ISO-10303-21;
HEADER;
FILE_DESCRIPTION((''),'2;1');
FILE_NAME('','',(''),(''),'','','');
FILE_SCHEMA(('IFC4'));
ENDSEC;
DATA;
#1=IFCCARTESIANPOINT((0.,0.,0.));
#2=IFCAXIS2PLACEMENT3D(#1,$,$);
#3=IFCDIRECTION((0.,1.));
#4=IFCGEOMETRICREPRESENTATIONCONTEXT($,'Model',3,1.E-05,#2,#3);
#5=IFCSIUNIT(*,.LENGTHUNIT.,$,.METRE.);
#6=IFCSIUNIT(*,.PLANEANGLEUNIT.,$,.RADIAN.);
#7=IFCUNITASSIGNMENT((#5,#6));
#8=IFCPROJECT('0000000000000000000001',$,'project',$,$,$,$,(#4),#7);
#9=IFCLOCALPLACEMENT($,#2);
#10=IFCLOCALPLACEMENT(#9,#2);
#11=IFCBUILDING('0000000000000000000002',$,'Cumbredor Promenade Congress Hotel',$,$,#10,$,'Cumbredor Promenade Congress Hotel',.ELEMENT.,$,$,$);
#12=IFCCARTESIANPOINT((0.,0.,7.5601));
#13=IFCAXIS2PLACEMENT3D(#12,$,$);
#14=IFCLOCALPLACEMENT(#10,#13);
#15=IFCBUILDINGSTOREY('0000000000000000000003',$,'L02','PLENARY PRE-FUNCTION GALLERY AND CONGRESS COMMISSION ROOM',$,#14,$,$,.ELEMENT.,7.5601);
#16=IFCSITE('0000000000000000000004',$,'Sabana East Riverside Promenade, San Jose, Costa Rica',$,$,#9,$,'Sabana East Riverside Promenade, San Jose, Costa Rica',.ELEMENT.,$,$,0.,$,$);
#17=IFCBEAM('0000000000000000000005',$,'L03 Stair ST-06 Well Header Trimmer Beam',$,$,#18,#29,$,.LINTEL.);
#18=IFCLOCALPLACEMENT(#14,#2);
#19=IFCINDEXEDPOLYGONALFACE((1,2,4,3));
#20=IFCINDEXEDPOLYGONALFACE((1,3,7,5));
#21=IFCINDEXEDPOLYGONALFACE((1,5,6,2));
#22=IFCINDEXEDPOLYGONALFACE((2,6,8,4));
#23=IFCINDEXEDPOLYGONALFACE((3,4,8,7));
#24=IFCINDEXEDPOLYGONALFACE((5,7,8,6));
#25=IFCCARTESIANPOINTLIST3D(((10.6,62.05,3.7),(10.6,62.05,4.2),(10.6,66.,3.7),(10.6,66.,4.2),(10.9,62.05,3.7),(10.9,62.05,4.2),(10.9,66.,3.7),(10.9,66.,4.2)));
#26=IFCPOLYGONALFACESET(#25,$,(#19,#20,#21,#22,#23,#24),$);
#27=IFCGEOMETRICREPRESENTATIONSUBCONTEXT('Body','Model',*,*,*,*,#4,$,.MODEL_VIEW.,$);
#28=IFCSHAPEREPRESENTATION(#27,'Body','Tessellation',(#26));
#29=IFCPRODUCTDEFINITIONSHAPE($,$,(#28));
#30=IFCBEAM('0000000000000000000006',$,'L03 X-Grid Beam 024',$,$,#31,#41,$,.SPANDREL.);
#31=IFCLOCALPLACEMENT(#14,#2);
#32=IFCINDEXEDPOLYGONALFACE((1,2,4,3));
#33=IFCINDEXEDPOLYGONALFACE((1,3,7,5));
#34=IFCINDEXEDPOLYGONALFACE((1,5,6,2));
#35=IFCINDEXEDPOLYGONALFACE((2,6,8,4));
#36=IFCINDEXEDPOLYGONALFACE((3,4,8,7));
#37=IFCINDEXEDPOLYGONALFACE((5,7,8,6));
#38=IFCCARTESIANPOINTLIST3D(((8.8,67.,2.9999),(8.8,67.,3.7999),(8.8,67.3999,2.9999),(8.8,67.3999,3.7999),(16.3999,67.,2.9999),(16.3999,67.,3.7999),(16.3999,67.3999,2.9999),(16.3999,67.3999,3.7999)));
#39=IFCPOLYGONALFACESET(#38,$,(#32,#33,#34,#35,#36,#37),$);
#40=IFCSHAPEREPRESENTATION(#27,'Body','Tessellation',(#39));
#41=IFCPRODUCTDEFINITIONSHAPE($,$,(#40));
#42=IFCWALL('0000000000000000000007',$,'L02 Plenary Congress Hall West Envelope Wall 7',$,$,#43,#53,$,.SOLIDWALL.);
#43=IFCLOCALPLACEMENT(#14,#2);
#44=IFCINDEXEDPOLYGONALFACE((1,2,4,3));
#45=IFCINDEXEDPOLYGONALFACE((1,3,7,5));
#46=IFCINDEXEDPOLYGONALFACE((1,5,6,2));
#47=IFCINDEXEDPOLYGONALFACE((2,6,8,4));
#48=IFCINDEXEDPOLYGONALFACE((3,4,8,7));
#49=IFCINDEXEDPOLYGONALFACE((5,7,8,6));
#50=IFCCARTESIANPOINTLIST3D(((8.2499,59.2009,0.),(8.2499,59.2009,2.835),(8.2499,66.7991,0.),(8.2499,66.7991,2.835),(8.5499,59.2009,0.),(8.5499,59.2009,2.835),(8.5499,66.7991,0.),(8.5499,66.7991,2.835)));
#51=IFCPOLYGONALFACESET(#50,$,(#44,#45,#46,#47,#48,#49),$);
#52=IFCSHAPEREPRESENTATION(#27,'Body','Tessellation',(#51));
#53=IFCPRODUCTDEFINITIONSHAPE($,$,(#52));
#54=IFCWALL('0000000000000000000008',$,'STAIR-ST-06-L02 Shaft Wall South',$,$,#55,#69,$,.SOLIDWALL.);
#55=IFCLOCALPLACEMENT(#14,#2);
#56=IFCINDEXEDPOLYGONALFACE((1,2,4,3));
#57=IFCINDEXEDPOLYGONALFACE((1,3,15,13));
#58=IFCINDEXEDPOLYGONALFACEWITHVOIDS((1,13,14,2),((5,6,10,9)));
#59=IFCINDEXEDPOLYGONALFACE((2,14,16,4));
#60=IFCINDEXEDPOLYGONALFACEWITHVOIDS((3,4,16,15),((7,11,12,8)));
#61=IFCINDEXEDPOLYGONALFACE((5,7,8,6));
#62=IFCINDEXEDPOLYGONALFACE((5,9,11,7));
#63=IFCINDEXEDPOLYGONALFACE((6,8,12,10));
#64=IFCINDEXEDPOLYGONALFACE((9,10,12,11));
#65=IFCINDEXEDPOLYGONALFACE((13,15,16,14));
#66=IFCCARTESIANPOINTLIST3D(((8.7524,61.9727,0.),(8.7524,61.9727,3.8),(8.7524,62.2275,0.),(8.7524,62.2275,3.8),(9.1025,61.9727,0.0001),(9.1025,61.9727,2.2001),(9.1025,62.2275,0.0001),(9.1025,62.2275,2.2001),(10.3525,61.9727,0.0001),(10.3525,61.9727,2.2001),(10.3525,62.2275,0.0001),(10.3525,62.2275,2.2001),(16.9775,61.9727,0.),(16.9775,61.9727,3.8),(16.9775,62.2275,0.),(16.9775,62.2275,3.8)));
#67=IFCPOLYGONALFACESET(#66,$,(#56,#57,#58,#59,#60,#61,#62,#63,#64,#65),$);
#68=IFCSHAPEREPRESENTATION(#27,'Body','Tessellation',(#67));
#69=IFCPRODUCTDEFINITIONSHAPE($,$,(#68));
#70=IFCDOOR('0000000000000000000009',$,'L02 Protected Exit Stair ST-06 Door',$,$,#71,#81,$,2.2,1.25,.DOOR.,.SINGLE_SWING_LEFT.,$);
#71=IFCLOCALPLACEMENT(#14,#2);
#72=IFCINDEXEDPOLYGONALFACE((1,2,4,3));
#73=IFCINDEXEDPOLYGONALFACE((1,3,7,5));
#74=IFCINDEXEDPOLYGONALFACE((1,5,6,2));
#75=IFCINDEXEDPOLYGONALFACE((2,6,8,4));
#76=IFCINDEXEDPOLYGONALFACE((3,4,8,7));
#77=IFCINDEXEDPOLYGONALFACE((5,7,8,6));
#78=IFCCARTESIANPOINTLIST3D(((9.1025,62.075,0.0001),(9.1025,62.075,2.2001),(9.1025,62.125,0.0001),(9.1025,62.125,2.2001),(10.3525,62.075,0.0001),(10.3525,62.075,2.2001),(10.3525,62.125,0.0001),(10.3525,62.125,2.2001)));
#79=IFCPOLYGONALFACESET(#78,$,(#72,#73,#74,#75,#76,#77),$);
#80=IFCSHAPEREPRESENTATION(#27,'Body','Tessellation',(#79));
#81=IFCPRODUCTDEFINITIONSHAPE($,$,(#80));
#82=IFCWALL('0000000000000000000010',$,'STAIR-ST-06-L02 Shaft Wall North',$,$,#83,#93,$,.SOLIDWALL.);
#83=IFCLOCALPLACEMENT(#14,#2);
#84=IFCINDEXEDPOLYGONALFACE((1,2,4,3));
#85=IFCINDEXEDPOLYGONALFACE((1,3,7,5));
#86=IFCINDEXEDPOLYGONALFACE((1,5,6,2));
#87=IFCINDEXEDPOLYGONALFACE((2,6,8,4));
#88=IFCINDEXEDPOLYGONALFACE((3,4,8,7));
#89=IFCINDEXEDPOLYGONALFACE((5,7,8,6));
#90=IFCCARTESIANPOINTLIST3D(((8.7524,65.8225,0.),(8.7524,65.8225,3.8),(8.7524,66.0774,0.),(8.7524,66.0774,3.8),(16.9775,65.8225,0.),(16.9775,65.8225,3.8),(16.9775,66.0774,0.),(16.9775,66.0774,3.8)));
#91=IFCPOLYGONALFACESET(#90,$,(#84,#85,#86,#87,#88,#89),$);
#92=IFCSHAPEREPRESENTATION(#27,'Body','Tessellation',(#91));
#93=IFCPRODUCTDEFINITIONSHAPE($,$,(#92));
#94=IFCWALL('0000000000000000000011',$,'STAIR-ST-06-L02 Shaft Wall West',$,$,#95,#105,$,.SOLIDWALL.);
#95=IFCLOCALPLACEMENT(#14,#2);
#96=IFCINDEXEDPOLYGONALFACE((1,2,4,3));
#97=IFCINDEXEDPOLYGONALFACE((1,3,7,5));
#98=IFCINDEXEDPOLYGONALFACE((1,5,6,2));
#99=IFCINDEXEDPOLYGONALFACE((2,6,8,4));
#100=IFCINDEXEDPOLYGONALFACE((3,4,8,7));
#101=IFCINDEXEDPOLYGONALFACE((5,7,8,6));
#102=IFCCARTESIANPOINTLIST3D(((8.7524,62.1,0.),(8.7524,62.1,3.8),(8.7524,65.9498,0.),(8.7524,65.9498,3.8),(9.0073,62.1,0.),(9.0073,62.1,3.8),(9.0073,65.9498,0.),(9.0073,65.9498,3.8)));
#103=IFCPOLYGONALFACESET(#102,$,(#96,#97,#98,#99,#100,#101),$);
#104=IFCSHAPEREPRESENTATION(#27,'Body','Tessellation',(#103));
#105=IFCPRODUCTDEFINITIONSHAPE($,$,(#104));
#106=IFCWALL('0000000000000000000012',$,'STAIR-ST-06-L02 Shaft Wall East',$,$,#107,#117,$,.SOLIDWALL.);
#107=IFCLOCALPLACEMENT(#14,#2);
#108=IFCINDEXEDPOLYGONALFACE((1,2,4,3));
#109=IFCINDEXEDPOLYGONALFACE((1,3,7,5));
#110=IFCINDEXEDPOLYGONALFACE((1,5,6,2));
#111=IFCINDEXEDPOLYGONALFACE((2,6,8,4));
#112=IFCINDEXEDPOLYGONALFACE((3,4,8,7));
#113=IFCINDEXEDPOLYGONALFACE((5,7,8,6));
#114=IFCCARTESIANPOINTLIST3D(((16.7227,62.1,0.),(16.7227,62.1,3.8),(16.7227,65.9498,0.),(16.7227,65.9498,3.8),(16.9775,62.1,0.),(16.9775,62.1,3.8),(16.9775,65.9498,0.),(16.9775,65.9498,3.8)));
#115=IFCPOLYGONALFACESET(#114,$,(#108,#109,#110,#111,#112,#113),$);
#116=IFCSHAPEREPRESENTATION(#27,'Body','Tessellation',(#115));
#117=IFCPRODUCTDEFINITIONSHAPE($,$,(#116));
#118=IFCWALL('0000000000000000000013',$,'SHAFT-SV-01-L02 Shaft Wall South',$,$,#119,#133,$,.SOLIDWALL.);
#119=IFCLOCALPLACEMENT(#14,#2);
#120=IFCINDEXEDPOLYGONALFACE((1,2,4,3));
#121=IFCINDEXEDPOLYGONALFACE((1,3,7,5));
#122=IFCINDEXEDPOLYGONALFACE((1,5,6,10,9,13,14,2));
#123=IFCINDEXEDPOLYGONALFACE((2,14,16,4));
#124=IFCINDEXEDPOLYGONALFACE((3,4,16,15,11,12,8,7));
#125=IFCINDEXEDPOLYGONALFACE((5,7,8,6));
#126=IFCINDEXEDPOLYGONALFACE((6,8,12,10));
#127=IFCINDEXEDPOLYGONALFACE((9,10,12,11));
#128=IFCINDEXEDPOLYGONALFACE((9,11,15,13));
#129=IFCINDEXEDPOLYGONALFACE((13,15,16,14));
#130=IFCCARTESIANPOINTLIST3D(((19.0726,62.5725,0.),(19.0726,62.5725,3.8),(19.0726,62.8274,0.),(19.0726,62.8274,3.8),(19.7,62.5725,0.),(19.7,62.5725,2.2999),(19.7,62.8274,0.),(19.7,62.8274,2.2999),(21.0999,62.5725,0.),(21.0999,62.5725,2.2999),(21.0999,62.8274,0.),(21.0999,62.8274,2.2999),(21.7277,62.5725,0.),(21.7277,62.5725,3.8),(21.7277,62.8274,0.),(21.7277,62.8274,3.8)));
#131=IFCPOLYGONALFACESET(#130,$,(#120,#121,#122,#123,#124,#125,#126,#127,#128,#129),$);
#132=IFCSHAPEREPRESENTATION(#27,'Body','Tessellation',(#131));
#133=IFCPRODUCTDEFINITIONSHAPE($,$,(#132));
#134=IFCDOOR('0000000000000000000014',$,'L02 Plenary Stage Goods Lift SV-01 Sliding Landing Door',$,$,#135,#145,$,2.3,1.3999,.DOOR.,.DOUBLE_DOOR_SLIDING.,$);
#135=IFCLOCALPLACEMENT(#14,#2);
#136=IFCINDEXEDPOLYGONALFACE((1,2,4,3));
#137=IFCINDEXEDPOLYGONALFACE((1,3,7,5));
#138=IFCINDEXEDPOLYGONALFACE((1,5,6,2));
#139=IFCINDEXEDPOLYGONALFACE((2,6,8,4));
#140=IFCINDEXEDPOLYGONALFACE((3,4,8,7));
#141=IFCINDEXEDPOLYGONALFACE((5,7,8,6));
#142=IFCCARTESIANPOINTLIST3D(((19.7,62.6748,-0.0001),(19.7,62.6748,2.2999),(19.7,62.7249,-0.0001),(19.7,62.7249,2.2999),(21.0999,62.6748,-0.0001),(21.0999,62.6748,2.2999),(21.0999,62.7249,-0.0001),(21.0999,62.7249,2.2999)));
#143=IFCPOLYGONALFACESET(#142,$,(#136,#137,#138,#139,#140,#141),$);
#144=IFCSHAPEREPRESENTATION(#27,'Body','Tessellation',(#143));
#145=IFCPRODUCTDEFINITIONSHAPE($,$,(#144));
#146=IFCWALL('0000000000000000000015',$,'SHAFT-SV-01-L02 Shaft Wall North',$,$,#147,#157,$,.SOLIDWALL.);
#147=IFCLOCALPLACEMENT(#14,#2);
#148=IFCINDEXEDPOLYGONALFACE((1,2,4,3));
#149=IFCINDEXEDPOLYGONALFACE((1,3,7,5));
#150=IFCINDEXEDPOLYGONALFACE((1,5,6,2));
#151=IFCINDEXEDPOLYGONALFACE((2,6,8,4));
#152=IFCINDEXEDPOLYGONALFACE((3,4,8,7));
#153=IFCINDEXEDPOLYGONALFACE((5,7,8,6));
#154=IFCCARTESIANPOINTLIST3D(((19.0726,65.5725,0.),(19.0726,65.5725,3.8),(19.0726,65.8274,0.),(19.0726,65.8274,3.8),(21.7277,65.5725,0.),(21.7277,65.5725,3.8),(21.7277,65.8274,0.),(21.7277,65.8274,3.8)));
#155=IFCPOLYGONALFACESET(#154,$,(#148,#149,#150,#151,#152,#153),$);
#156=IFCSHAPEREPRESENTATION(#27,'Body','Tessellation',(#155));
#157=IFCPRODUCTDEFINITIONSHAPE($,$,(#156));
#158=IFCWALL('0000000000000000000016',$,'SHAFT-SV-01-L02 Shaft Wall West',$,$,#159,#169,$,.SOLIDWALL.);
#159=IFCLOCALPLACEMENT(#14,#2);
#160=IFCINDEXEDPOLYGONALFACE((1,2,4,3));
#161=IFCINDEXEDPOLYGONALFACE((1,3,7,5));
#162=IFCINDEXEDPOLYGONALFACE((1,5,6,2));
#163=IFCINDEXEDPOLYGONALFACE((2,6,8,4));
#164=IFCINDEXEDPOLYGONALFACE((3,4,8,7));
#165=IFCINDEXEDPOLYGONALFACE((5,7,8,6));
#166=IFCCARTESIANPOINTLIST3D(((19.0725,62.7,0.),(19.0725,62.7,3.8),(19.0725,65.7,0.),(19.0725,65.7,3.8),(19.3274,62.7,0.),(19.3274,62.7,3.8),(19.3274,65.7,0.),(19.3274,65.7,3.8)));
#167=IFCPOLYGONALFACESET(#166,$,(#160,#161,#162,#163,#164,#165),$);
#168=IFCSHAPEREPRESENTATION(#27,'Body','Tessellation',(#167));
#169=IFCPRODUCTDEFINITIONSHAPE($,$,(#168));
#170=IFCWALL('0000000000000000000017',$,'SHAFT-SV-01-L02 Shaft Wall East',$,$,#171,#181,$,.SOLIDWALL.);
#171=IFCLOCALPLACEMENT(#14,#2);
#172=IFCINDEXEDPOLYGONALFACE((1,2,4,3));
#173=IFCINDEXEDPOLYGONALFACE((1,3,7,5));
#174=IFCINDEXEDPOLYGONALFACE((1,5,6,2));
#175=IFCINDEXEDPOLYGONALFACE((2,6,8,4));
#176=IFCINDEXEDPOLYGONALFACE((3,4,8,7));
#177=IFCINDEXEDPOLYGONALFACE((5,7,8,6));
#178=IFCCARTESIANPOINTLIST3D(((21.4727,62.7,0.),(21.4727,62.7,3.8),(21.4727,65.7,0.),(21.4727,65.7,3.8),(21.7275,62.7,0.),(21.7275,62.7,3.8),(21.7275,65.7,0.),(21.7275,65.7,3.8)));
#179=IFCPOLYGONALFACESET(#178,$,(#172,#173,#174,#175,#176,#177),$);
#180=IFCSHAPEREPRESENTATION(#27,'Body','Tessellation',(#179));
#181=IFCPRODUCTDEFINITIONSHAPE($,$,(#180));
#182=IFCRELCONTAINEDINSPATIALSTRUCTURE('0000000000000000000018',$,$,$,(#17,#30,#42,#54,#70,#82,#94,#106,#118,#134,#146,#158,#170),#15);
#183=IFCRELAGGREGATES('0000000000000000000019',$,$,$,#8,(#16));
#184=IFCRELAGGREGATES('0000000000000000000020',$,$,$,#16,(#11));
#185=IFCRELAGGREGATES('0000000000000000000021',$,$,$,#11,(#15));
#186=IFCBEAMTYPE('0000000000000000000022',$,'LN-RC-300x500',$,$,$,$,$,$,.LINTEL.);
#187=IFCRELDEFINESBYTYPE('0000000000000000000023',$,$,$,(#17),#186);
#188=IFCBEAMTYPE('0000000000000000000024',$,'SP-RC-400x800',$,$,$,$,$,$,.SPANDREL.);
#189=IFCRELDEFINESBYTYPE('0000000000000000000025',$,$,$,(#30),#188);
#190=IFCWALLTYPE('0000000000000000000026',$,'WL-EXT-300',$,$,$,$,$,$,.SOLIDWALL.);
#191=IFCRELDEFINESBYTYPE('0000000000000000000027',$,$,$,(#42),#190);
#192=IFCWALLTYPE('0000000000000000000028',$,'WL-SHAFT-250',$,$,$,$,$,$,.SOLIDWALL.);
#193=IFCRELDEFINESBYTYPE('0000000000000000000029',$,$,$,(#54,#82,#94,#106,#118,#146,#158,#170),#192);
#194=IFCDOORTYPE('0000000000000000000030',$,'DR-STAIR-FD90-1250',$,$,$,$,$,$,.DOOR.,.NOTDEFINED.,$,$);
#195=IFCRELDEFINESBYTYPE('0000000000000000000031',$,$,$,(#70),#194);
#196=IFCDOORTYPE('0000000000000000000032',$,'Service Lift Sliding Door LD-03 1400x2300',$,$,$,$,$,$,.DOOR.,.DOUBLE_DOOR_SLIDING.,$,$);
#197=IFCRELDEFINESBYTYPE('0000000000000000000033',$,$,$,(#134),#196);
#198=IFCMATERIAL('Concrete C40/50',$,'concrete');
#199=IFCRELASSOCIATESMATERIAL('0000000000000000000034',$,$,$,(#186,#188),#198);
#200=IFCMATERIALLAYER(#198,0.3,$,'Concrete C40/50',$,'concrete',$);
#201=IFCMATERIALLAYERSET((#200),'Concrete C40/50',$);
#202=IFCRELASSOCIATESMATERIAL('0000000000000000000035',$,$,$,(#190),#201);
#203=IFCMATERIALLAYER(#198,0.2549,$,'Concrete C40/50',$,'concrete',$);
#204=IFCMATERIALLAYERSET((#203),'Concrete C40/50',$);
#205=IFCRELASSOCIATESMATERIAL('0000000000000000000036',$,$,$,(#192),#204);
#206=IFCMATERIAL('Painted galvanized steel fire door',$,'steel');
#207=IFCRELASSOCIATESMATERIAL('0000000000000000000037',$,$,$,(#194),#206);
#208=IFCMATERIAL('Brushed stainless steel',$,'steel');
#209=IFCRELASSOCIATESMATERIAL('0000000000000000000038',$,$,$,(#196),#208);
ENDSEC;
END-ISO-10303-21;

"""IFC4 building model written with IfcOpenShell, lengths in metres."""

from ifc_helpers import new_model, si_unit, direction, frame, frame_2d, origin, origin_2d, place, context, subcontext, project, spatial, rectangle, extrude, material, layer, layer_set, material_profile, profile_set, type_object, element, fill, save


model = new_model("IFC4")

# Units and contexts
model_context = context("Model", 3, precision=1e-05, world=origin(), true_north=direction((0.0, 1.0)))
body_context = subcontext(model_context, "Body", "Model", "MODEL_VIEW")
ifc_project = project(units=[si_unit("LENGTHUNIT", "METRE"), si_unit("PLANEANGLEUNIT", "RADIAN")], contexts=[model_context])

# Site, building, storey
site_placement = place(None, origin())
site = spatial("IfcSite", under=ifc_project, at=site_placement, Name="Sabana East Riverside Promenade, San Jose, Costa Rica", LongName="Sabana East Riverside Promenade, San Jose, Costa Rica", CompositionType="ELEMENT", RefElevation=0.0)
building_placement = place(site_placement, origin())
building = spatial("IfcBuilding", under=site, at=building_placement, Name="Cumbredor Promenade Congress Hotel", LongName="Cumbredor Promenade Congress Hotel", CompositionType="ELEMENT")
storey_placement = place(building_placement, frame((0.0, 0.0, 7.5601)))
storey = spatial("IfcBuildingStorey", under=building, at=storey_placement, Name="L02", Description="PLENARY PRE-FUNCTION GALLERY AND CONGRESS COMMISSION ROOM", CompositionType="ELEMENT", Elevation=7.5601)

# Beams
ifc_material_1 = material(Name="Concrete C40/50", Category="concrete")
ifc_material_profile_1 = material_profile(ifc_material_1, rectangle(XDim=0.3, YDim=0.5, at=origin_2d()), Name="RC LINTEL 300x500")
ifc_profile_set_1 = profile_set([ifc_material_profile_1], Name="Concrete C40/50")
beam_type_1 = type_object("IfcBeamType", Name="LN-RC-300x500", PredefinedType="LINTEL", material=ifc_profile_set_1)
for number, where, z_axis, x_axis, name in (
    (1, (10.75, 62.05, 3.95), (0.0, 1.0, 0.0), (-1.0, 0.0, 0.0), "L03 Stair ST-06 Well Header Trimmer Beam"),
):
    element("IfcBeam", number, at=place(storey_placement, frame(where, z_axis=z_axis, x_axis=x_axis)), inside=storey, type_object=beam_type_1, Name=name, PredefinedType="LINTEL", context=body_context, shape_type="SweptSolid", body=[
        extrude(rectangle(XDim=0.3, YDim=0.5, at=origin_2d()), origin(), (0.0, 0.0, 1.0), 3.95),
    ])
ifc_material_profile_2 = material_profile(ifc_material_1, rectangle(XDim=0.3999, YDim=0.8, at=origin_2d()), Name="RC SPANDREL 400x800")
ifc_profile_set_2 = profile_set([ifc_material_profile_2], Name="Concrete C40/50")
beam_type_2 = type_object("IfcBeamType", Name="SP-RC-400x800", PredefinedType="SPANDREL", material=ifc_profile_set_2)
beam_1_placement = place(storey_placement, frame((8.8, 67.2, 3.3999), z_axis=(1.0, 0.0, 0.0), x_axis=(0.0, 1.0, 0.0)))
element("IfcBeam", 2, at=beam_1_placement, inside=storey, type_object=beam_type_2, Name="L03 X-Grid Beam 024", PredefinedType="SPANDREL", context=body_context, shape_type="SweptSolid", body=[
    extrude(rectangle(XDim=0.3999, YDim=0.8, at=origin_2d()), origin(), (0.0, 0.0, 1.0), 7.5999),
])

# Wall
ifc_layer_1 = layer(ifc_material_1, 0.3, Name="Concrete C40/50", Category="concrete")
ifc_layer_set_1 = layer_set([ifc_layer_1], Name="Concrete C40/50")
wall_type_1 = type_object("IfcWallType", Name="WL-EXT-300", PredefinedType="SOLIDWALL", material=ifc_layer_set_1)
wall_1_placement = place(storey_placement, frame((8.3999, 59.2009, 0.0), z_axis=(0.0, 0.0, 1.0), x_axis=(0.0, 1.0, 0.0)))
element("IfcWall", 3, at=wall_1_placement, inside=storey, type_object=wall_type_1, Name="L02 Plenary Congress Hall West Envelope Wall 7", PredefinedType="SOLIDWALL", context=body_context, shape_type="SweptSolid", body=[
    extrude(rectangle(XDim=7.5981, YDim=0.3, at=frame_2d((3.7991, 0.0))), origin(), (0.0, 0.0, 1.0), 2.835),
])

# Wall, opening, door
ifc_layer_2 = layer(ifc_material_1, 0.2549, Name="Concrete C40/50", Category="concrete")
ifc_layer_set_2 = layer_set([ifc_layer_2], Name="Concrete C40/50")
wall_type_2 = type_object("IfcWallType", Name="WL-SHAFT-250", PredefinedType="SOLIDWALL", material=ifc_layer_set_2)
wall_2_placement = place(storey_placement, frame((8.7524, 62.1001, 0.0), z_axis=(0.0, 0.0, 1.0), x_axis=(1.0, 0.0, 0.0)))
wall_2 = element("IfcWall", 4, at=wall_2_placement, inside=storey, type_object=wall_type_2, Name="STAIR-ST-06-L02 Shaft Wall South", PredefinedType="SOLIDWALL", context=body_context, shape_type="SweptSolid", body=[
    extrude(rectangle(XDim=8.2251, YDim=0.2549, at=frame_2d((4.1125, 0.0))), origin(), (0.0, 0.0, 1.0), 3.8),
])
opening_1_placement = place(wall_2_placement, frame((0.3501, 0.0, 0.0)))
opening_1 = element("IfcOpeningElement", 5, at=opening_1_placement, cuts=wall_2, PredefinedType="OPENING", context=body_context, shape_type="SweptSolid", body=[
    extrude(rectangle(XDim=1.25, YDim=2.2, at=frame_2d((0.625, 1.1001))), frame((0.0, 0.1375, 0.0), z_axis=(0.0, -1.0, 0.0), x_axis=(1.0, 0.0, 0.0)), (0.0, 0.0, 1.0), 0.2749),
])
ifc_material_2 = material(Name="Painted galvanized steel fire door", Category="steel")
door_type_1 = type_object("IfcDoorType", Name="DR-STAIR-FD90-1250", OperationType="NOTDEFINED", PredefinedType="DOOR", material=ifc_material_2)
door_1_placement = place(opening_1_placement, origin())
door_1 = element("IfcDoor", 6, at=door_1_placement, inside=storey, type_object=door_type_1, Name="L02 Protected Exit Stair ST-06 Door", OperationType="SINGLE_SWING_LEFT", OverallHeight=2.2, OverallWidth=1.25, PredefinedType="DOOR", context=body_context, shape_type="SweptSolid", body=[
    extrude(rectangle(XDim=1.25, YDim=2.2, at=frame_2d((0.625, 1.1001))), frame((0.0, 0.0249, 0.0), z_axis=(0.0, -1.0, 0.0), x_axis=(1.0, 0.0, 0.0)), (0.0, 0.0, 1.0), 0.05),
])
fill(opening_1, door_1)

# Walls
wall_3_placement = place(storey_placement, frame((8.7524, 65.95, 0.0), z_axis=(0.0, 0.0, 1.0), x_axis=(1.0, 0.0, 0.0)))
element("IfcWall", 7, at=wall_3_placement, inside=storey, type_object=wall_type_2, Name="STAIR-ST-06-L02 Shaft Wall North", PredefinedType="SOLIDWALL", context=body_context, shape_type="SweptSolid", body=[
    extrude(rectangle(XDim=8.2251, YDim=0.2549, at=frame_2d((4.1125, 0.0))), origin(), (0.0, 0.0, 1.0), 3.8),
])
for number, where, z_axis, x_axis, name in (
    (8, (8.8799, 62.1001, 0.0), (0.0, 0.0, 1.0), (0.0, 1.0, 0.0), "STAIR-ST-06-L02 Shaft Wall West"),
    (9, (16.8501, 62.1001, 0.0), (0.0, 0.0, 1.0), (0.0, 1.0, 0.0), "STAIR-ST-06-L02 Shaft Wall East"),
):
    element("IfcWall", number, at=place(storey_placement, frame(where, z_axis=z_axis, x_axis=x_axis)), inside=storey, type_object=wall_type_2, Name=name, PredefinedType="SOLIDWALL", context=body_context, shape_type="SweptSolid", body=[
        extrude(rectangle(XDim=3.8499, YDim=0.2549, at=frame_2d((1.9248, 0.0))), origin(), (0.0, 0.0, 1.0), 3.8),
    ])

# Wall, opening, door
wall_4_placement = place(storey_placement, frame((19.0725, 62.7, 0.0), z_axis=(0.0, 0.0, 1.0), x_axis=(1.0, 0.0, 0.0)))
wall_4 = element("IfcWall", 10, at=wall_4_placement, inside=storey, type_object=wall_type_2, Name="SHAFT-SV-01-L02 Shaft Wall South", PredefinedType="SOLIDWALL", context=body_context, shape_type="SweptSolid", body=[
    extrude(rectangle(XDim=2.655, YDim=0.2549, at=frame_2d((1.3276, 0.0))), origin(), (0.0, 0.0, 1.0), 3.8),
])
opening_2_placement = place(wall_4_placement, frame((0.6274, 0.0, 0.0)))
opening_2 = element("IfcOpeningElement", 11, at=opening_2_placement, cuts=wall_4, PredefinedType="OPENING", context=body_context, shape_type="SweptSolid", body=[
    extrude(rectangle(XDim=1.3999, YDim=2.3, at=frame_2d((0.7, 1.1499))), frame((0.0, 0.1375, 0.0), z_axis=(0.0, -1.0, 0.0), x_axis=(1.0, 0.0, 0.0)), (0.0, 0.0, 1.0), 0.2749),
])
ifc_material_3 = material(Name="Brushed stainless steel", Category="steel")
door_type_2 = type_object("IfcDoorType", Name="Service Lift Sliding Door LD-03 1400x2300", OperationType="DOUBLE_DOOR_SLIDING", PredefinedType="DOOR", material=ifc_material_3)
door_2_placement = place(opening_2_placement, origin())
door_2 = element("IfcDoor", 12, at=door_2_placement, inside=storey, type_object=door_type_2, Name="L02 Plenary Stage Goods Lift SV-01 Sliding Landing Door", OperationType="DOUBLE_DOOR_SLIDING", OverallHeight=2.3, OverallWidth=1.3999, PredefinedType="DOOR", context=body_context, shape_type="SweptSolid", body=[
    extrude(rectangle(XDim=1.3999, YDim=2.3, at=frame_2d((0.7, 1.1499))), frame((0.0, 0.0249, 0.0), z_axis=(0.0, -1.0, 0.0), x_axis=(1.0, 0.0, 0.0)), (0.0, 0.0, 1.0), 0.05),
])
fill(opening_2, door_2)

# Walls
wall_5_placement = place(storey_placement, frame((19.0725, 65.7, 0.0), z_axis=(0.0, 0.0, 1.0), x_axis=(1.0, 0.0, 0.0)))
element("IfcWall", 13, at=wall_5_placement, inside=storey, type_object=wall_type_2, Name="SHAFT-SV-01-L02 Shaft Wall North", PredefinedType="SOLIDWALL", context=body_context, shape_type="SweptSolid", body=[
    extrude(rectangle(XDim=2.655, YDim=0.2549, at=frame_2d((1.3276, 0.0))), origin(), (0.0, 0.0, 1.0), 3.8),
])
for number, where, z_axis, x_axis, name in (
    (14, (19.2, 62.7, 0.0), (0.0, 0.0, 1.0), (0.0, 1.0, 0.0), "SHAFT-SV-01-L02 Shaft Wall West"),
    (15, (21.6001, 62.7, 0.0), (0.0, 0.0, 1.0), (0.0, 1.0, 0.0), "SHAFT-SV-01-L02 Shaft Wall East"),
):
    element("IfcWall", number, at=place(storey_placement, frame(where, z_axis=z_axis, x_axis=x_axis)), inside=storey, type_object=wall_type_2, Name=name, PredefinedType="SOLIDWALL", context=body_context, shape_type="SweptSolid", body=[
        extrude(rectangle(XDim=3.0, YDim=0.2549, at=frame_2d((1.5, 0.0))), origin(), (0.0, 0.0, 1.0), 3.8),
    ])

save(model, "model.ifc")
